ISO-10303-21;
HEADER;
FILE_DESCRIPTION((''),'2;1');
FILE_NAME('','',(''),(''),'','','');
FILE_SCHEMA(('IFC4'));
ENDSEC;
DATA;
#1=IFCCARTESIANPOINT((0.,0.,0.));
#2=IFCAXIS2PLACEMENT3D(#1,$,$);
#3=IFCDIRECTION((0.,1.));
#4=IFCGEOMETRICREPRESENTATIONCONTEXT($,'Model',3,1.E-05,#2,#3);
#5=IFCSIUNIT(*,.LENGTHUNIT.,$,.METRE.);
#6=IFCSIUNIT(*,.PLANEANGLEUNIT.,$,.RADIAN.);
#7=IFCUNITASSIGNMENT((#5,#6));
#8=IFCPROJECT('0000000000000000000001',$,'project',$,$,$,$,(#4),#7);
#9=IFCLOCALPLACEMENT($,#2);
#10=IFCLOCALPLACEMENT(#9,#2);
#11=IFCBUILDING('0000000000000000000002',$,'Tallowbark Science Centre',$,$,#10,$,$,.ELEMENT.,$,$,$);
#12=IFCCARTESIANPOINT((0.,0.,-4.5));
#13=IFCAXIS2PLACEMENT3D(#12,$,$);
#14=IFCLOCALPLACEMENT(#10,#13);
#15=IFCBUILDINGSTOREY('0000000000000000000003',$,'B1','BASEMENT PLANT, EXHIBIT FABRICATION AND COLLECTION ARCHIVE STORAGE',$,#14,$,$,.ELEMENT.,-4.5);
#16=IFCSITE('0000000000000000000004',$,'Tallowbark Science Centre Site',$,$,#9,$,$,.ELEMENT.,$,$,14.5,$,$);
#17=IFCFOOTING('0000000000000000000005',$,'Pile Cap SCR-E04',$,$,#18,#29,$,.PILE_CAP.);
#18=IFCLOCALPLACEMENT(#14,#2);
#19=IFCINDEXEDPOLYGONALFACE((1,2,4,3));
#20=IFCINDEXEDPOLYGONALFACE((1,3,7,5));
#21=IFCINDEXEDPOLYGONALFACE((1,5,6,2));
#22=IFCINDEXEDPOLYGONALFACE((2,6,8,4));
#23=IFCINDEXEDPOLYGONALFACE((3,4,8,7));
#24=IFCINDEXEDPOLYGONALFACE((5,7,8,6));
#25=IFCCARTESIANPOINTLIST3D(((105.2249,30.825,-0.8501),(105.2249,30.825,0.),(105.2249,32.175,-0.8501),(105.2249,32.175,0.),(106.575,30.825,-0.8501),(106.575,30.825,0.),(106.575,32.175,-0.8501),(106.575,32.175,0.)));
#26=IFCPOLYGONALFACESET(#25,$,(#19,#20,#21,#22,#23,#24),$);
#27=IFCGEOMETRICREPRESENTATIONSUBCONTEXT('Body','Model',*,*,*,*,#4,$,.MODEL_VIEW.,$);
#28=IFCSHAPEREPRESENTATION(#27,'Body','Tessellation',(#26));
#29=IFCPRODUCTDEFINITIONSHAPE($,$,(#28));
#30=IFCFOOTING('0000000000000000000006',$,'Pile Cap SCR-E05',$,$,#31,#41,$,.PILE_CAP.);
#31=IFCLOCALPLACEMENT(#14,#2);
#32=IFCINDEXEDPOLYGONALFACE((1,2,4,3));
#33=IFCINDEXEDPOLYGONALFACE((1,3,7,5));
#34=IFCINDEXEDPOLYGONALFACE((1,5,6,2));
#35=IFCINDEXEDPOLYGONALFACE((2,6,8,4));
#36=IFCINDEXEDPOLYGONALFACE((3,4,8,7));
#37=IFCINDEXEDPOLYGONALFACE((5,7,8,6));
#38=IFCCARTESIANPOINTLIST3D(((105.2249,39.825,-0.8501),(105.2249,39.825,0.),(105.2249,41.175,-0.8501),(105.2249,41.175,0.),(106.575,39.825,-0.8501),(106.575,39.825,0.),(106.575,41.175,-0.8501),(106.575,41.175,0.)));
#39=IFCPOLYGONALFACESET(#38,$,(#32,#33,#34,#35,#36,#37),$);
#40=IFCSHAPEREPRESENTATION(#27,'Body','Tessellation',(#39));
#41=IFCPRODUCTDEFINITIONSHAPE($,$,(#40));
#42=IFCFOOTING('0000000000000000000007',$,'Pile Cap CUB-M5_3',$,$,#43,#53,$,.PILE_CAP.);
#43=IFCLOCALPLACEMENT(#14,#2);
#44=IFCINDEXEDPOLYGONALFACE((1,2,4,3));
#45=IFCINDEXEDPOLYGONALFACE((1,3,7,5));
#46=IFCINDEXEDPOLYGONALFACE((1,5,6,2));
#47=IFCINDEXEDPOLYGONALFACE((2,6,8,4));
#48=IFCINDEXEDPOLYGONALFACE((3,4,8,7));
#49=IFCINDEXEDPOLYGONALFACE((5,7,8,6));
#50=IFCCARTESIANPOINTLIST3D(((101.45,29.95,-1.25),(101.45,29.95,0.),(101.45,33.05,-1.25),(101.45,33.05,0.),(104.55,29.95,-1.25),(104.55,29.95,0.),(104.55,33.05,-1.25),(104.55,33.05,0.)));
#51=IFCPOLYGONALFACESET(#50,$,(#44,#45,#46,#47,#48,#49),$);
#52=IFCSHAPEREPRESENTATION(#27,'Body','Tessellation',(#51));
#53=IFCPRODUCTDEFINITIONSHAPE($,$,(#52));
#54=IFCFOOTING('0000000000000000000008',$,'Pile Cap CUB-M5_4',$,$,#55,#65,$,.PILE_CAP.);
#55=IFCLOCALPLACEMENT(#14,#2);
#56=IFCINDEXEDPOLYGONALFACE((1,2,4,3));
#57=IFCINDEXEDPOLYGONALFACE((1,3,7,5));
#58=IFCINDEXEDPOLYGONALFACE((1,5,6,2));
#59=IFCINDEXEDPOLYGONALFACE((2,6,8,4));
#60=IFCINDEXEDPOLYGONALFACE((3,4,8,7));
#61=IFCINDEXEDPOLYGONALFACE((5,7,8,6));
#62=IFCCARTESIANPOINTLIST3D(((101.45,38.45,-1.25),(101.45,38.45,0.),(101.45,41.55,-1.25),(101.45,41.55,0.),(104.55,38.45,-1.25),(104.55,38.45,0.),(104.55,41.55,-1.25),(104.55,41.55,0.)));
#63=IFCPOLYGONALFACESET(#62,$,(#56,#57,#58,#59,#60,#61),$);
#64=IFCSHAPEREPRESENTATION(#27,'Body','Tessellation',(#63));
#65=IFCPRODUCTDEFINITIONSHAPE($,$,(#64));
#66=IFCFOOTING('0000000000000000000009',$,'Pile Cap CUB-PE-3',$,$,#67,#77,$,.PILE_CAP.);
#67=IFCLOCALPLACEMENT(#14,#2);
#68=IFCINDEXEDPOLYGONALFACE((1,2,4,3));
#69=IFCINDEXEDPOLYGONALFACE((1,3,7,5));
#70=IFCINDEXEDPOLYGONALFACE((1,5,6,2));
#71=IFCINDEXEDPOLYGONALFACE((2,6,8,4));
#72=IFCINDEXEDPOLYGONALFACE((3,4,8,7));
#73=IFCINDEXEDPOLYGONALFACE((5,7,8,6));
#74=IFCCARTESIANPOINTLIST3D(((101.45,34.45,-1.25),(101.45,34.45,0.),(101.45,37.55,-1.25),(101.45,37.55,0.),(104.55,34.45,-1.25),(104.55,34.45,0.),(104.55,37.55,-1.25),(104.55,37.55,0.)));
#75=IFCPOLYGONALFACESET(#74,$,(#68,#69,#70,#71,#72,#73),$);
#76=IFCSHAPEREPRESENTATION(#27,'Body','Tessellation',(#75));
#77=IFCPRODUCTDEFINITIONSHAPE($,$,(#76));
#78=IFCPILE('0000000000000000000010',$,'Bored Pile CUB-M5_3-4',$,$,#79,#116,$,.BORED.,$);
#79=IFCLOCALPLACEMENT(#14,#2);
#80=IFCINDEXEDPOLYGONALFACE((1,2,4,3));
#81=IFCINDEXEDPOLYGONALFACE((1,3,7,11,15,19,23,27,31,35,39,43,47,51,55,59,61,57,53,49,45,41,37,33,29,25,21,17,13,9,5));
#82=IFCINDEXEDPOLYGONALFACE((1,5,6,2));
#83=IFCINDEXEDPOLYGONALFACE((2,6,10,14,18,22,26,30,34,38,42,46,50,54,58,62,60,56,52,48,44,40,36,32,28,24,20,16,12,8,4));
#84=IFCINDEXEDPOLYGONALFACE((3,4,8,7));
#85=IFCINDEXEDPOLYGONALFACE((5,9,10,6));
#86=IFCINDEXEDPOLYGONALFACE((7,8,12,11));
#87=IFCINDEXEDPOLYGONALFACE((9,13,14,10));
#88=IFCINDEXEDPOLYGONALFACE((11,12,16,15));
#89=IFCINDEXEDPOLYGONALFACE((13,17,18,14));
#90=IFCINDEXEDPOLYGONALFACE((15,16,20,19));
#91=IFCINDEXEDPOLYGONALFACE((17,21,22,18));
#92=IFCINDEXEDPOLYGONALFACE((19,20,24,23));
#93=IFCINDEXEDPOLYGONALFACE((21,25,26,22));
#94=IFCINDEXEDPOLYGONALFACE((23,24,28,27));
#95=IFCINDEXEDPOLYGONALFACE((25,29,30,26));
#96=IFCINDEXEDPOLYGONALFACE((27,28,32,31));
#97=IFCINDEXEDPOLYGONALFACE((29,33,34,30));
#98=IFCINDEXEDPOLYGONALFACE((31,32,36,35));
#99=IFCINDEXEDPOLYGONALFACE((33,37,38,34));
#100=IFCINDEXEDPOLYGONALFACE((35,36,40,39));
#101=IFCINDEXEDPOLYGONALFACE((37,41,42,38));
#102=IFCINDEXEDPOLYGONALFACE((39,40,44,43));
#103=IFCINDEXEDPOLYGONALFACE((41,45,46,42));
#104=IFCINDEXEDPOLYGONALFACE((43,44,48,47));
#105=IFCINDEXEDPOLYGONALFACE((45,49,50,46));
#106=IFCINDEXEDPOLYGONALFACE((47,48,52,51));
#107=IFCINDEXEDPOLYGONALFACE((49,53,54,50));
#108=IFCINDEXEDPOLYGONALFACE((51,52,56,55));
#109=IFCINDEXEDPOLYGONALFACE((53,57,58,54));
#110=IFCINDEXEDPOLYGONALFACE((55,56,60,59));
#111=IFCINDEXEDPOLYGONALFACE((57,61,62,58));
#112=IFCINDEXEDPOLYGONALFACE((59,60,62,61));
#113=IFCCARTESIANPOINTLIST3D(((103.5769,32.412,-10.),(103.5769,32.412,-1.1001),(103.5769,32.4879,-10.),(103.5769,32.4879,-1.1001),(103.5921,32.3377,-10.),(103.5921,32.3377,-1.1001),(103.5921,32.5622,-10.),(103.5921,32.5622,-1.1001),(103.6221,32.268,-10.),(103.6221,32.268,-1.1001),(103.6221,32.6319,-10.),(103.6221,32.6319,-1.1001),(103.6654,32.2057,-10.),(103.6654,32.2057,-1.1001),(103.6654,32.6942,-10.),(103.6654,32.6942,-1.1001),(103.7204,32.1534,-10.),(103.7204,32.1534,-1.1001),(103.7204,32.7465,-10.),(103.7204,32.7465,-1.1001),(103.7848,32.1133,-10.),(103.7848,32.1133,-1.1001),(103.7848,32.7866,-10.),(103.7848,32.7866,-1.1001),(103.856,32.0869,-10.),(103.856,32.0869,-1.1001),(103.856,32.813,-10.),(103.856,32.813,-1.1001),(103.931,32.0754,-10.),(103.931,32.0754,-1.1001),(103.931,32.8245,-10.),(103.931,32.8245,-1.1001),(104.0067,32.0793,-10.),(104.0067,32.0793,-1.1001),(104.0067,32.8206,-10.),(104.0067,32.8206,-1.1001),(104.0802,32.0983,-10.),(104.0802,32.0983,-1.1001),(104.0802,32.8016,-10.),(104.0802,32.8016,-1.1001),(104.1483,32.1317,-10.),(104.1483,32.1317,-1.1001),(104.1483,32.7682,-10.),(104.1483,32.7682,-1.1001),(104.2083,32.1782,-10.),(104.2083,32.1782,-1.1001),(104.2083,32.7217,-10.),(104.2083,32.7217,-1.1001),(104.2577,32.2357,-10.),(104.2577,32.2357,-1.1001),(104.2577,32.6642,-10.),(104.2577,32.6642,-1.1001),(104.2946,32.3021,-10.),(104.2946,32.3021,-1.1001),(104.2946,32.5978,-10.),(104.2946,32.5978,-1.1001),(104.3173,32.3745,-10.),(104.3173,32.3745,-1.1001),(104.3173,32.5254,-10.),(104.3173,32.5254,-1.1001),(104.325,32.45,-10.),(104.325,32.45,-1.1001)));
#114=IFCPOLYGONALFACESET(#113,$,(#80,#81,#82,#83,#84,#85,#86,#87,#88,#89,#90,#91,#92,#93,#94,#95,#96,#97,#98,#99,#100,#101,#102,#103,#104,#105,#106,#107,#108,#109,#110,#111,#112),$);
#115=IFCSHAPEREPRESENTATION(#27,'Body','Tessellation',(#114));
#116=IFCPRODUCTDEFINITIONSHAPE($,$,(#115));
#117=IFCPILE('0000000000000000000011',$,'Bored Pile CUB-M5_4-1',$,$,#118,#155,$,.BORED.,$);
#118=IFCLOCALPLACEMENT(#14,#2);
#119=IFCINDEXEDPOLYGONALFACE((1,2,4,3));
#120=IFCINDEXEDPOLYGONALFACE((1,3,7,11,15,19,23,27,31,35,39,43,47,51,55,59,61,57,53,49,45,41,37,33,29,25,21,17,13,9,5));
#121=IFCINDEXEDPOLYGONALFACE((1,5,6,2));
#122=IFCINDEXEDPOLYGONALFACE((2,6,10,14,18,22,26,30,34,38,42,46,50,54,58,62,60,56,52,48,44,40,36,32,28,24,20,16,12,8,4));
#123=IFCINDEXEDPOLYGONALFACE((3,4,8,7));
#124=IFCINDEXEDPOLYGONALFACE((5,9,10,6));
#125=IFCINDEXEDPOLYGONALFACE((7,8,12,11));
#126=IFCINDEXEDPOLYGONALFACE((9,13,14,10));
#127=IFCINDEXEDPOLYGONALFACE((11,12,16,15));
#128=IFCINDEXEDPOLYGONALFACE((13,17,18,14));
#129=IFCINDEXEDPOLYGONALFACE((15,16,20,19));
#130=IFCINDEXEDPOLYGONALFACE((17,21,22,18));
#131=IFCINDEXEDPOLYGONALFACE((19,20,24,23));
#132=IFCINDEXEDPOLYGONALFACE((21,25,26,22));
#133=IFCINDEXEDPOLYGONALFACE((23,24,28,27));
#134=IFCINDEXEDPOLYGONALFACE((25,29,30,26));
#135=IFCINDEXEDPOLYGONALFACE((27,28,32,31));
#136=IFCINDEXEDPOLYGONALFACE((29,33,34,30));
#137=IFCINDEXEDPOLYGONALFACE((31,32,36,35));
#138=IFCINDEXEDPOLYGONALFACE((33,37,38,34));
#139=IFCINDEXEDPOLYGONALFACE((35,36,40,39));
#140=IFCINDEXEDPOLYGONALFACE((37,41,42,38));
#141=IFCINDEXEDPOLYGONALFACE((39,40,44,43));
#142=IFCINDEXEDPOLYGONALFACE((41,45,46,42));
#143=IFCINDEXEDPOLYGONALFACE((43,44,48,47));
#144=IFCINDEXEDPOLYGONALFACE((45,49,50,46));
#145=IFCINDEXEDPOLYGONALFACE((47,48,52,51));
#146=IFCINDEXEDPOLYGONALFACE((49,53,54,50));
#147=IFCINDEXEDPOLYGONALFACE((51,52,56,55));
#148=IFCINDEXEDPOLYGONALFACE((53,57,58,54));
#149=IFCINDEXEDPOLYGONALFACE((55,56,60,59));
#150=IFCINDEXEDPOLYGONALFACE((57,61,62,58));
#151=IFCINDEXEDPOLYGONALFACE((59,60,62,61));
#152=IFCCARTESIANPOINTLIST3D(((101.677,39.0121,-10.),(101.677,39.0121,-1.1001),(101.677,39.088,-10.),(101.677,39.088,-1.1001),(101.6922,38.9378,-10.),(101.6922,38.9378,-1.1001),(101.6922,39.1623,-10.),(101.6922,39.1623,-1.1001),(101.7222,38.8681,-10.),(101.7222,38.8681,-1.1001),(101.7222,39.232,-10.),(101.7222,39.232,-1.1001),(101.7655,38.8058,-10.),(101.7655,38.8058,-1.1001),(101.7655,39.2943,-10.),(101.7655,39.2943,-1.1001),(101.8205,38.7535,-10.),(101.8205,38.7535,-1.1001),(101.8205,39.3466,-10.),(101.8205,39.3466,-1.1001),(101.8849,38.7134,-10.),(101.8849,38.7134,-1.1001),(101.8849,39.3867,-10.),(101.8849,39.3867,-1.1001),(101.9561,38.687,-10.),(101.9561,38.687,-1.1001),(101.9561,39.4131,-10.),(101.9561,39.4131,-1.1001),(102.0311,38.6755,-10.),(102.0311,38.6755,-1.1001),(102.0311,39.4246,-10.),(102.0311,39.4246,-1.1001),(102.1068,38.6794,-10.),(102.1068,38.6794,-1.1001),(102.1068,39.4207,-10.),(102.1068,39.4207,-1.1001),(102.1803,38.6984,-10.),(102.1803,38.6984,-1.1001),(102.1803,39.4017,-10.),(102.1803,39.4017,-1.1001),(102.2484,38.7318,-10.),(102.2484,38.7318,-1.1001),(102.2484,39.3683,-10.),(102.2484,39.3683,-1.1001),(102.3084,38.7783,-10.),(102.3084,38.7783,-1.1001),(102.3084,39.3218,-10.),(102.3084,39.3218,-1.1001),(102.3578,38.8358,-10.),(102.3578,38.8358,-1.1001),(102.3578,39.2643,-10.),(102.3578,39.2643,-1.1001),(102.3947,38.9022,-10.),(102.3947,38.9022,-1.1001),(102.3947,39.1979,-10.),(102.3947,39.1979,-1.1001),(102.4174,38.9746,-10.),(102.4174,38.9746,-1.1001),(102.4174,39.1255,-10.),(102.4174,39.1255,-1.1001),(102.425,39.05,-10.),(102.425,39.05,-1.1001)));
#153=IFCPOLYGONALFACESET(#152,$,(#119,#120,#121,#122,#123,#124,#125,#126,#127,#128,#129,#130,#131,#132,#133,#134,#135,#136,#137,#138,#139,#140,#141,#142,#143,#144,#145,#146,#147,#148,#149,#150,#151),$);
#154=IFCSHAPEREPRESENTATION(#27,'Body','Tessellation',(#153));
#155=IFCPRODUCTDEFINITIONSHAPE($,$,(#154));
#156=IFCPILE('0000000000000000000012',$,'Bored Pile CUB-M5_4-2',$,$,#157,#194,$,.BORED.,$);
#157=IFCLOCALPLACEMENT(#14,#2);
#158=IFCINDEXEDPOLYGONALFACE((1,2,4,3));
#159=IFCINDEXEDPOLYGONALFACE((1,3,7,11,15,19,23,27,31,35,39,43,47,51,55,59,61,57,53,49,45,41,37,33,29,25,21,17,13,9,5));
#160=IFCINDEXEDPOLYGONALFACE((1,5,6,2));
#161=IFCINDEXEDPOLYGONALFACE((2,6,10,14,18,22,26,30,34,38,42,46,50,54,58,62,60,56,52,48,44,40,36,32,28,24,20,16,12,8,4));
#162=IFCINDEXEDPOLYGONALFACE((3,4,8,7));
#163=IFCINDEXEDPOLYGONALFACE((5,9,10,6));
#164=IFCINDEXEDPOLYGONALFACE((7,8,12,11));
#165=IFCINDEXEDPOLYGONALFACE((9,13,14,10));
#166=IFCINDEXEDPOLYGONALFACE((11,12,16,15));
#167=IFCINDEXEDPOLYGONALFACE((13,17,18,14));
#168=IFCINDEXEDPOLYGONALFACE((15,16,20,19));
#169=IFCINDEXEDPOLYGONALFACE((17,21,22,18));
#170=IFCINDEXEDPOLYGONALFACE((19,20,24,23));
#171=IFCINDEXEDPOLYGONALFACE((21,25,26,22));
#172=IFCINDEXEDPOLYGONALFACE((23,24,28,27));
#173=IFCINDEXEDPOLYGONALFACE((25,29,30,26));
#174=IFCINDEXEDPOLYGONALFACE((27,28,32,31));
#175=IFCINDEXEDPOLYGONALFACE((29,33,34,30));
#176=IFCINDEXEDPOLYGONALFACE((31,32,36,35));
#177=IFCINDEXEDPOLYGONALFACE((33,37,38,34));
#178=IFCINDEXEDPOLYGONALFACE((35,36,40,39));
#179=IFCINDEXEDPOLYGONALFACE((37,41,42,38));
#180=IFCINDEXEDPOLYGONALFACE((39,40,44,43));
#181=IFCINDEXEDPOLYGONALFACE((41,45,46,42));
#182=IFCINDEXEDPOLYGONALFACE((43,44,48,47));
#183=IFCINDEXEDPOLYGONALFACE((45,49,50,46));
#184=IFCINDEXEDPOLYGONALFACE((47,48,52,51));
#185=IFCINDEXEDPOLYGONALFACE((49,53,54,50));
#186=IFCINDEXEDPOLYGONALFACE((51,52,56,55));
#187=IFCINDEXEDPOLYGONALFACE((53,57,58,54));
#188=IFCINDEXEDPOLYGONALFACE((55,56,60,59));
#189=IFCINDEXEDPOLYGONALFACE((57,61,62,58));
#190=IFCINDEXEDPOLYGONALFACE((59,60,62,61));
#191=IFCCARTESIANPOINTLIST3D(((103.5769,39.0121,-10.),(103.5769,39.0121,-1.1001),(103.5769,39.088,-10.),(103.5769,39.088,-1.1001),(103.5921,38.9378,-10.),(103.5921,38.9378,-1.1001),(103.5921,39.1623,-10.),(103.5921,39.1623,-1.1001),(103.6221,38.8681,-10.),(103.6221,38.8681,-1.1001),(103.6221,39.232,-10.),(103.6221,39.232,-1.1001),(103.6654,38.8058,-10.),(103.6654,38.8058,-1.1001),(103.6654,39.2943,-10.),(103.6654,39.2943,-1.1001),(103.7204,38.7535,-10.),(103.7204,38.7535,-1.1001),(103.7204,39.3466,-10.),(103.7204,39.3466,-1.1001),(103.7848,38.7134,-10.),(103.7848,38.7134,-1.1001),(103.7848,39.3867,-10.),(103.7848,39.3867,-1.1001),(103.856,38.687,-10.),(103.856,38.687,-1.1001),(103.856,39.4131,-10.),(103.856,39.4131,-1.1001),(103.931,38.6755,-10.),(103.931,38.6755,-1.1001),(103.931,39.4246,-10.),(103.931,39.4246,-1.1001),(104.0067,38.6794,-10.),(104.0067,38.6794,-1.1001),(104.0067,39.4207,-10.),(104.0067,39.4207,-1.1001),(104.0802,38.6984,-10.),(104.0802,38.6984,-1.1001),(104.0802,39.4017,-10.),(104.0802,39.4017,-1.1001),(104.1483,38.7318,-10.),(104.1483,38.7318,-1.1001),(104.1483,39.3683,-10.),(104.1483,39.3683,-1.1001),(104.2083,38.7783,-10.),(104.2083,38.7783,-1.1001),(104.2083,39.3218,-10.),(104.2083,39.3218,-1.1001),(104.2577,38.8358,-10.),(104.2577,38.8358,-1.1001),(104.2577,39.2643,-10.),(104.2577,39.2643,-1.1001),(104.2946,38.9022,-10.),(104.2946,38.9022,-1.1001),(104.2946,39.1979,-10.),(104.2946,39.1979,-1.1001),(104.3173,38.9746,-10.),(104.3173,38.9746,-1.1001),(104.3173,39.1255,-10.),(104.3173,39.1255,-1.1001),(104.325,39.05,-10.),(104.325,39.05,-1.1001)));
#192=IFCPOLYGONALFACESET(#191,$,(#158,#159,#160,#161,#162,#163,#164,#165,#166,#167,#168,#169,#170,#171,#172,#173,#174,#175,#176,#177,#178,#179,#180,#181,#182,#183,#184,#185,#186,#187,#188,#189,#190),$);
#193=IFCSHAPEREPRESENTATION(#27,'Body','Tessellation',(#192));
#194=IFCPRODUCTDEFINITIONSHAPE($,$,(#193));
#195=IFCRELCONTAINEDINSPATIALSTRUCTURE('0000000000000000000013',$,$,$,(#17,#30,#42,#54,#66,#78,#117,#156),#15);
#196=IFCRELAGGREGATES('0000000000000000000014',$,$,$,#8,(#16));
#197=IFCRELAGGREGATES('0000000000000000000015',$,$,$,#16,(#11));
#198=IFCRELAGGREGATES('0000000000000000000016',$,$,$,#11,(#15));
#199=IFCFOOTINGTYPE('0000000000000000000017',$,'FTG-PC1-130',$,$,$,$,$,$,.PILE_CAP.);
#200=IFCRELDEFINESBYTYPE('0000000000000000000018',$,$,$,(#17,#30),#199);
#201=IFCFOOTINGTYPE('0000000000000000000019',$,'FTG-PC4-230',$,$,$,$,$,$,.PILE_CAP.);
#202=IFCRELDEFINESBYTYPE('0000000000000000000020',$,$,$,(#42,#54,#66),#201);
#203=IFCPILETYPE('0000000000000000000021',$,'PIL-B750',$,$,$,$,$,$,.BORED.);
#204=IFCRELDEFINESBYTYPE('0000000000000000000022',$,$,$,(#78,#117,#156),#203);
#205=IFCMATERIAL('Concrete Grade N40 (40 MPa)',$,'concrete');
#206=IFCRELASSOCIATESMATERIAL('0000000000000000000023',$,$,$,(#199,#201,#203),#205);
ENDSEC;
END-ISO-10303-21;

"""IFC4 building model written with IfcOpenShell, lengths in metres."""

from ifc_helpers import new_model, si_unit, direction, frame, origin, origin_2d, place, context, subcontext, project, spatial, rectangle, circle, extrude, material, material_profile, profile_set, type_object, element, save


model = new_model("IFC4")

# Units and contexts
model_context = context("Model", 3, precision=1e-05, world=origin(), true_north=direction((0.0, 1.0)))
body_context = subcontext(model_context, "Body", "Model", "MODEL_VIEW")
ifc_project = project(units=[si_unit("LENGTHUNIT", "METRE"), si_unit("PLANEANGLEUNIT", "RADIAN")], contexts=[model_context])

# Site, building, storey
site_placement = place(None, origin())
site = spatial("IfcSite", under=ifc_project, at=site_placement, Name="Tallowbark Science Centre Site", CompositionType="ELEMENT", RefElevation=14.5)
building_placement = place(site_placement, origin())
building = spatial("IfcBuilding", under=site, at=building_placement, Name="Tallowbark Science Centre", CompositionType="ELEMENT")
storey_placement = place(building_placement, frame((0.0, 0.0, -4.5)))
storey = spatial("IfcBuildingStorey", under=building, at=storey_placement, Name="B1", Description="BASEMENT PLANT, EXHIBIT FABRICATION AND COLLECTION ARCHIVE STORAGE", CompositionType="ELEMENT", Elevation=-4.5)

# Footings
ifc_material_1 = material(Name="Concrete Grade N40 (40 MPa)", Category="concrete")
footing_type_1 = type_object("IfcFootingType", Name="FTG-PC1-130", PredefinedType="PILE_CAP", material=ifc_material_1)
for number, where, z_axis, x_axis, name in (
    (1, (105.8999, 31.5, -0.8501), (0.0, 0.0, 1.0), (1.0, 0.0, 0.0), "Pile Cap SCR-E04"),
    (2, (105.8999, 40.5, -0.8501), (0.0, 0.0, 1.0), (1.0, 0.0, 0.0), "Pile Cap SCR-E05"),
):
    element("IfcFooting", number, at=place(storey_placement, frame(where, z_axis=z_axis, x_axis=x_axis)), inside=storey, type_object=footing_type_1, Name=name, PredefinedType="PILE_CAP", context=body_context, shape_type="SweptSolid", body=[
        extrude(rectangle(XDim=1.3501, YDim=1.3501, at=origin_2d()), origin(), (0.0, 0.0, 1.0), 0.8501),
    ])
footing_type_2 = type_object("IfcFootingType", Name="FTG-PC4-230", PredefinedType="PILE_CAP", material=ifc_material_1)
for number, where, z_axis, x_axis, name in (
    (3, (103.0, 31.5, -1.25), (0.0, 0.0, 1.0), (1.0, 0.0, 0.0), "Pile Cap CUB-M5_3"),
    (4, (103.0, 40.0, -1.25), (0.0, 0.0, 1.0), (1.0, 0.0, 0.0), "Pile Cap CUB-M5_4"),
    (5, (103.0, 36.0, -1.25), (0.0, 0.0, 1.0), (1.0, 0.0, 0.0), "Pile Cap CUB-PE-3"),
):
    element("IfcFooting", number, at=place(storey_placement, frame(where, z_axis=z_axis, x_axis=x_axis)), inside=storey, type_object=footing_type_2, Name=name, PredefinedType="PILE_CAP", context=body_context, shape_type="SweptSolid", body=[
        extrude(rectangle(XDim=3.1001, YDim=3.1001, at=origin_2d()), origin(), (0.0, 0.0, 1.0), 1.25),
    ])

# Piles
ifc_material_profile_1 = material_profile(ifc_material_1, circle(Radius=0.375, at=origin_2d()), Name="PILE750")
ifc_profile_set_1 = profile_set([ifc_material_profile_1], Name="Concrete Grade N40 (40 MPa)")
pile_type = type_object("IfcPileType", Name="PIL-B750", PredefinedType="BORED", material=ifc_profile_set_1)
for number, where, z_axis, x_axis, name in (
    (6, (103.95, 32.45, -1.1001), (0.0, 0.0, -1.0), (1.0, 0.0, 0.0), "Bored Pile CUB-M5_3-4"),
    (7, (102.05, 39.05, -1.1001), (0.0, 0.0, -1.0), (1.0, 0.0, 0.0), "Bored Pile CUB-M5_4-1"),
    (8, (103.95, 39.05, -1.1001), (0.0, 0.0, -1.0), (1.0, 0.0, 0.0), "Bored Pile CUB-M5_4-2"),
):
    element("IfcPile", number, at=place(storey_placement, frame(where, z_axis=z_axis, x_axis=x_axis)), inside=storey, type_object=pile_type, Name=name, PredefinedType="BORED", context=body_context, shape_type="SweptSolid", body=[
        extrude(circle(Radius=0.375, at=origin_2d()), origin(), (0.0, 0.0, 1.0), 8.8999),
    ])

save(model, "model.ifc")
